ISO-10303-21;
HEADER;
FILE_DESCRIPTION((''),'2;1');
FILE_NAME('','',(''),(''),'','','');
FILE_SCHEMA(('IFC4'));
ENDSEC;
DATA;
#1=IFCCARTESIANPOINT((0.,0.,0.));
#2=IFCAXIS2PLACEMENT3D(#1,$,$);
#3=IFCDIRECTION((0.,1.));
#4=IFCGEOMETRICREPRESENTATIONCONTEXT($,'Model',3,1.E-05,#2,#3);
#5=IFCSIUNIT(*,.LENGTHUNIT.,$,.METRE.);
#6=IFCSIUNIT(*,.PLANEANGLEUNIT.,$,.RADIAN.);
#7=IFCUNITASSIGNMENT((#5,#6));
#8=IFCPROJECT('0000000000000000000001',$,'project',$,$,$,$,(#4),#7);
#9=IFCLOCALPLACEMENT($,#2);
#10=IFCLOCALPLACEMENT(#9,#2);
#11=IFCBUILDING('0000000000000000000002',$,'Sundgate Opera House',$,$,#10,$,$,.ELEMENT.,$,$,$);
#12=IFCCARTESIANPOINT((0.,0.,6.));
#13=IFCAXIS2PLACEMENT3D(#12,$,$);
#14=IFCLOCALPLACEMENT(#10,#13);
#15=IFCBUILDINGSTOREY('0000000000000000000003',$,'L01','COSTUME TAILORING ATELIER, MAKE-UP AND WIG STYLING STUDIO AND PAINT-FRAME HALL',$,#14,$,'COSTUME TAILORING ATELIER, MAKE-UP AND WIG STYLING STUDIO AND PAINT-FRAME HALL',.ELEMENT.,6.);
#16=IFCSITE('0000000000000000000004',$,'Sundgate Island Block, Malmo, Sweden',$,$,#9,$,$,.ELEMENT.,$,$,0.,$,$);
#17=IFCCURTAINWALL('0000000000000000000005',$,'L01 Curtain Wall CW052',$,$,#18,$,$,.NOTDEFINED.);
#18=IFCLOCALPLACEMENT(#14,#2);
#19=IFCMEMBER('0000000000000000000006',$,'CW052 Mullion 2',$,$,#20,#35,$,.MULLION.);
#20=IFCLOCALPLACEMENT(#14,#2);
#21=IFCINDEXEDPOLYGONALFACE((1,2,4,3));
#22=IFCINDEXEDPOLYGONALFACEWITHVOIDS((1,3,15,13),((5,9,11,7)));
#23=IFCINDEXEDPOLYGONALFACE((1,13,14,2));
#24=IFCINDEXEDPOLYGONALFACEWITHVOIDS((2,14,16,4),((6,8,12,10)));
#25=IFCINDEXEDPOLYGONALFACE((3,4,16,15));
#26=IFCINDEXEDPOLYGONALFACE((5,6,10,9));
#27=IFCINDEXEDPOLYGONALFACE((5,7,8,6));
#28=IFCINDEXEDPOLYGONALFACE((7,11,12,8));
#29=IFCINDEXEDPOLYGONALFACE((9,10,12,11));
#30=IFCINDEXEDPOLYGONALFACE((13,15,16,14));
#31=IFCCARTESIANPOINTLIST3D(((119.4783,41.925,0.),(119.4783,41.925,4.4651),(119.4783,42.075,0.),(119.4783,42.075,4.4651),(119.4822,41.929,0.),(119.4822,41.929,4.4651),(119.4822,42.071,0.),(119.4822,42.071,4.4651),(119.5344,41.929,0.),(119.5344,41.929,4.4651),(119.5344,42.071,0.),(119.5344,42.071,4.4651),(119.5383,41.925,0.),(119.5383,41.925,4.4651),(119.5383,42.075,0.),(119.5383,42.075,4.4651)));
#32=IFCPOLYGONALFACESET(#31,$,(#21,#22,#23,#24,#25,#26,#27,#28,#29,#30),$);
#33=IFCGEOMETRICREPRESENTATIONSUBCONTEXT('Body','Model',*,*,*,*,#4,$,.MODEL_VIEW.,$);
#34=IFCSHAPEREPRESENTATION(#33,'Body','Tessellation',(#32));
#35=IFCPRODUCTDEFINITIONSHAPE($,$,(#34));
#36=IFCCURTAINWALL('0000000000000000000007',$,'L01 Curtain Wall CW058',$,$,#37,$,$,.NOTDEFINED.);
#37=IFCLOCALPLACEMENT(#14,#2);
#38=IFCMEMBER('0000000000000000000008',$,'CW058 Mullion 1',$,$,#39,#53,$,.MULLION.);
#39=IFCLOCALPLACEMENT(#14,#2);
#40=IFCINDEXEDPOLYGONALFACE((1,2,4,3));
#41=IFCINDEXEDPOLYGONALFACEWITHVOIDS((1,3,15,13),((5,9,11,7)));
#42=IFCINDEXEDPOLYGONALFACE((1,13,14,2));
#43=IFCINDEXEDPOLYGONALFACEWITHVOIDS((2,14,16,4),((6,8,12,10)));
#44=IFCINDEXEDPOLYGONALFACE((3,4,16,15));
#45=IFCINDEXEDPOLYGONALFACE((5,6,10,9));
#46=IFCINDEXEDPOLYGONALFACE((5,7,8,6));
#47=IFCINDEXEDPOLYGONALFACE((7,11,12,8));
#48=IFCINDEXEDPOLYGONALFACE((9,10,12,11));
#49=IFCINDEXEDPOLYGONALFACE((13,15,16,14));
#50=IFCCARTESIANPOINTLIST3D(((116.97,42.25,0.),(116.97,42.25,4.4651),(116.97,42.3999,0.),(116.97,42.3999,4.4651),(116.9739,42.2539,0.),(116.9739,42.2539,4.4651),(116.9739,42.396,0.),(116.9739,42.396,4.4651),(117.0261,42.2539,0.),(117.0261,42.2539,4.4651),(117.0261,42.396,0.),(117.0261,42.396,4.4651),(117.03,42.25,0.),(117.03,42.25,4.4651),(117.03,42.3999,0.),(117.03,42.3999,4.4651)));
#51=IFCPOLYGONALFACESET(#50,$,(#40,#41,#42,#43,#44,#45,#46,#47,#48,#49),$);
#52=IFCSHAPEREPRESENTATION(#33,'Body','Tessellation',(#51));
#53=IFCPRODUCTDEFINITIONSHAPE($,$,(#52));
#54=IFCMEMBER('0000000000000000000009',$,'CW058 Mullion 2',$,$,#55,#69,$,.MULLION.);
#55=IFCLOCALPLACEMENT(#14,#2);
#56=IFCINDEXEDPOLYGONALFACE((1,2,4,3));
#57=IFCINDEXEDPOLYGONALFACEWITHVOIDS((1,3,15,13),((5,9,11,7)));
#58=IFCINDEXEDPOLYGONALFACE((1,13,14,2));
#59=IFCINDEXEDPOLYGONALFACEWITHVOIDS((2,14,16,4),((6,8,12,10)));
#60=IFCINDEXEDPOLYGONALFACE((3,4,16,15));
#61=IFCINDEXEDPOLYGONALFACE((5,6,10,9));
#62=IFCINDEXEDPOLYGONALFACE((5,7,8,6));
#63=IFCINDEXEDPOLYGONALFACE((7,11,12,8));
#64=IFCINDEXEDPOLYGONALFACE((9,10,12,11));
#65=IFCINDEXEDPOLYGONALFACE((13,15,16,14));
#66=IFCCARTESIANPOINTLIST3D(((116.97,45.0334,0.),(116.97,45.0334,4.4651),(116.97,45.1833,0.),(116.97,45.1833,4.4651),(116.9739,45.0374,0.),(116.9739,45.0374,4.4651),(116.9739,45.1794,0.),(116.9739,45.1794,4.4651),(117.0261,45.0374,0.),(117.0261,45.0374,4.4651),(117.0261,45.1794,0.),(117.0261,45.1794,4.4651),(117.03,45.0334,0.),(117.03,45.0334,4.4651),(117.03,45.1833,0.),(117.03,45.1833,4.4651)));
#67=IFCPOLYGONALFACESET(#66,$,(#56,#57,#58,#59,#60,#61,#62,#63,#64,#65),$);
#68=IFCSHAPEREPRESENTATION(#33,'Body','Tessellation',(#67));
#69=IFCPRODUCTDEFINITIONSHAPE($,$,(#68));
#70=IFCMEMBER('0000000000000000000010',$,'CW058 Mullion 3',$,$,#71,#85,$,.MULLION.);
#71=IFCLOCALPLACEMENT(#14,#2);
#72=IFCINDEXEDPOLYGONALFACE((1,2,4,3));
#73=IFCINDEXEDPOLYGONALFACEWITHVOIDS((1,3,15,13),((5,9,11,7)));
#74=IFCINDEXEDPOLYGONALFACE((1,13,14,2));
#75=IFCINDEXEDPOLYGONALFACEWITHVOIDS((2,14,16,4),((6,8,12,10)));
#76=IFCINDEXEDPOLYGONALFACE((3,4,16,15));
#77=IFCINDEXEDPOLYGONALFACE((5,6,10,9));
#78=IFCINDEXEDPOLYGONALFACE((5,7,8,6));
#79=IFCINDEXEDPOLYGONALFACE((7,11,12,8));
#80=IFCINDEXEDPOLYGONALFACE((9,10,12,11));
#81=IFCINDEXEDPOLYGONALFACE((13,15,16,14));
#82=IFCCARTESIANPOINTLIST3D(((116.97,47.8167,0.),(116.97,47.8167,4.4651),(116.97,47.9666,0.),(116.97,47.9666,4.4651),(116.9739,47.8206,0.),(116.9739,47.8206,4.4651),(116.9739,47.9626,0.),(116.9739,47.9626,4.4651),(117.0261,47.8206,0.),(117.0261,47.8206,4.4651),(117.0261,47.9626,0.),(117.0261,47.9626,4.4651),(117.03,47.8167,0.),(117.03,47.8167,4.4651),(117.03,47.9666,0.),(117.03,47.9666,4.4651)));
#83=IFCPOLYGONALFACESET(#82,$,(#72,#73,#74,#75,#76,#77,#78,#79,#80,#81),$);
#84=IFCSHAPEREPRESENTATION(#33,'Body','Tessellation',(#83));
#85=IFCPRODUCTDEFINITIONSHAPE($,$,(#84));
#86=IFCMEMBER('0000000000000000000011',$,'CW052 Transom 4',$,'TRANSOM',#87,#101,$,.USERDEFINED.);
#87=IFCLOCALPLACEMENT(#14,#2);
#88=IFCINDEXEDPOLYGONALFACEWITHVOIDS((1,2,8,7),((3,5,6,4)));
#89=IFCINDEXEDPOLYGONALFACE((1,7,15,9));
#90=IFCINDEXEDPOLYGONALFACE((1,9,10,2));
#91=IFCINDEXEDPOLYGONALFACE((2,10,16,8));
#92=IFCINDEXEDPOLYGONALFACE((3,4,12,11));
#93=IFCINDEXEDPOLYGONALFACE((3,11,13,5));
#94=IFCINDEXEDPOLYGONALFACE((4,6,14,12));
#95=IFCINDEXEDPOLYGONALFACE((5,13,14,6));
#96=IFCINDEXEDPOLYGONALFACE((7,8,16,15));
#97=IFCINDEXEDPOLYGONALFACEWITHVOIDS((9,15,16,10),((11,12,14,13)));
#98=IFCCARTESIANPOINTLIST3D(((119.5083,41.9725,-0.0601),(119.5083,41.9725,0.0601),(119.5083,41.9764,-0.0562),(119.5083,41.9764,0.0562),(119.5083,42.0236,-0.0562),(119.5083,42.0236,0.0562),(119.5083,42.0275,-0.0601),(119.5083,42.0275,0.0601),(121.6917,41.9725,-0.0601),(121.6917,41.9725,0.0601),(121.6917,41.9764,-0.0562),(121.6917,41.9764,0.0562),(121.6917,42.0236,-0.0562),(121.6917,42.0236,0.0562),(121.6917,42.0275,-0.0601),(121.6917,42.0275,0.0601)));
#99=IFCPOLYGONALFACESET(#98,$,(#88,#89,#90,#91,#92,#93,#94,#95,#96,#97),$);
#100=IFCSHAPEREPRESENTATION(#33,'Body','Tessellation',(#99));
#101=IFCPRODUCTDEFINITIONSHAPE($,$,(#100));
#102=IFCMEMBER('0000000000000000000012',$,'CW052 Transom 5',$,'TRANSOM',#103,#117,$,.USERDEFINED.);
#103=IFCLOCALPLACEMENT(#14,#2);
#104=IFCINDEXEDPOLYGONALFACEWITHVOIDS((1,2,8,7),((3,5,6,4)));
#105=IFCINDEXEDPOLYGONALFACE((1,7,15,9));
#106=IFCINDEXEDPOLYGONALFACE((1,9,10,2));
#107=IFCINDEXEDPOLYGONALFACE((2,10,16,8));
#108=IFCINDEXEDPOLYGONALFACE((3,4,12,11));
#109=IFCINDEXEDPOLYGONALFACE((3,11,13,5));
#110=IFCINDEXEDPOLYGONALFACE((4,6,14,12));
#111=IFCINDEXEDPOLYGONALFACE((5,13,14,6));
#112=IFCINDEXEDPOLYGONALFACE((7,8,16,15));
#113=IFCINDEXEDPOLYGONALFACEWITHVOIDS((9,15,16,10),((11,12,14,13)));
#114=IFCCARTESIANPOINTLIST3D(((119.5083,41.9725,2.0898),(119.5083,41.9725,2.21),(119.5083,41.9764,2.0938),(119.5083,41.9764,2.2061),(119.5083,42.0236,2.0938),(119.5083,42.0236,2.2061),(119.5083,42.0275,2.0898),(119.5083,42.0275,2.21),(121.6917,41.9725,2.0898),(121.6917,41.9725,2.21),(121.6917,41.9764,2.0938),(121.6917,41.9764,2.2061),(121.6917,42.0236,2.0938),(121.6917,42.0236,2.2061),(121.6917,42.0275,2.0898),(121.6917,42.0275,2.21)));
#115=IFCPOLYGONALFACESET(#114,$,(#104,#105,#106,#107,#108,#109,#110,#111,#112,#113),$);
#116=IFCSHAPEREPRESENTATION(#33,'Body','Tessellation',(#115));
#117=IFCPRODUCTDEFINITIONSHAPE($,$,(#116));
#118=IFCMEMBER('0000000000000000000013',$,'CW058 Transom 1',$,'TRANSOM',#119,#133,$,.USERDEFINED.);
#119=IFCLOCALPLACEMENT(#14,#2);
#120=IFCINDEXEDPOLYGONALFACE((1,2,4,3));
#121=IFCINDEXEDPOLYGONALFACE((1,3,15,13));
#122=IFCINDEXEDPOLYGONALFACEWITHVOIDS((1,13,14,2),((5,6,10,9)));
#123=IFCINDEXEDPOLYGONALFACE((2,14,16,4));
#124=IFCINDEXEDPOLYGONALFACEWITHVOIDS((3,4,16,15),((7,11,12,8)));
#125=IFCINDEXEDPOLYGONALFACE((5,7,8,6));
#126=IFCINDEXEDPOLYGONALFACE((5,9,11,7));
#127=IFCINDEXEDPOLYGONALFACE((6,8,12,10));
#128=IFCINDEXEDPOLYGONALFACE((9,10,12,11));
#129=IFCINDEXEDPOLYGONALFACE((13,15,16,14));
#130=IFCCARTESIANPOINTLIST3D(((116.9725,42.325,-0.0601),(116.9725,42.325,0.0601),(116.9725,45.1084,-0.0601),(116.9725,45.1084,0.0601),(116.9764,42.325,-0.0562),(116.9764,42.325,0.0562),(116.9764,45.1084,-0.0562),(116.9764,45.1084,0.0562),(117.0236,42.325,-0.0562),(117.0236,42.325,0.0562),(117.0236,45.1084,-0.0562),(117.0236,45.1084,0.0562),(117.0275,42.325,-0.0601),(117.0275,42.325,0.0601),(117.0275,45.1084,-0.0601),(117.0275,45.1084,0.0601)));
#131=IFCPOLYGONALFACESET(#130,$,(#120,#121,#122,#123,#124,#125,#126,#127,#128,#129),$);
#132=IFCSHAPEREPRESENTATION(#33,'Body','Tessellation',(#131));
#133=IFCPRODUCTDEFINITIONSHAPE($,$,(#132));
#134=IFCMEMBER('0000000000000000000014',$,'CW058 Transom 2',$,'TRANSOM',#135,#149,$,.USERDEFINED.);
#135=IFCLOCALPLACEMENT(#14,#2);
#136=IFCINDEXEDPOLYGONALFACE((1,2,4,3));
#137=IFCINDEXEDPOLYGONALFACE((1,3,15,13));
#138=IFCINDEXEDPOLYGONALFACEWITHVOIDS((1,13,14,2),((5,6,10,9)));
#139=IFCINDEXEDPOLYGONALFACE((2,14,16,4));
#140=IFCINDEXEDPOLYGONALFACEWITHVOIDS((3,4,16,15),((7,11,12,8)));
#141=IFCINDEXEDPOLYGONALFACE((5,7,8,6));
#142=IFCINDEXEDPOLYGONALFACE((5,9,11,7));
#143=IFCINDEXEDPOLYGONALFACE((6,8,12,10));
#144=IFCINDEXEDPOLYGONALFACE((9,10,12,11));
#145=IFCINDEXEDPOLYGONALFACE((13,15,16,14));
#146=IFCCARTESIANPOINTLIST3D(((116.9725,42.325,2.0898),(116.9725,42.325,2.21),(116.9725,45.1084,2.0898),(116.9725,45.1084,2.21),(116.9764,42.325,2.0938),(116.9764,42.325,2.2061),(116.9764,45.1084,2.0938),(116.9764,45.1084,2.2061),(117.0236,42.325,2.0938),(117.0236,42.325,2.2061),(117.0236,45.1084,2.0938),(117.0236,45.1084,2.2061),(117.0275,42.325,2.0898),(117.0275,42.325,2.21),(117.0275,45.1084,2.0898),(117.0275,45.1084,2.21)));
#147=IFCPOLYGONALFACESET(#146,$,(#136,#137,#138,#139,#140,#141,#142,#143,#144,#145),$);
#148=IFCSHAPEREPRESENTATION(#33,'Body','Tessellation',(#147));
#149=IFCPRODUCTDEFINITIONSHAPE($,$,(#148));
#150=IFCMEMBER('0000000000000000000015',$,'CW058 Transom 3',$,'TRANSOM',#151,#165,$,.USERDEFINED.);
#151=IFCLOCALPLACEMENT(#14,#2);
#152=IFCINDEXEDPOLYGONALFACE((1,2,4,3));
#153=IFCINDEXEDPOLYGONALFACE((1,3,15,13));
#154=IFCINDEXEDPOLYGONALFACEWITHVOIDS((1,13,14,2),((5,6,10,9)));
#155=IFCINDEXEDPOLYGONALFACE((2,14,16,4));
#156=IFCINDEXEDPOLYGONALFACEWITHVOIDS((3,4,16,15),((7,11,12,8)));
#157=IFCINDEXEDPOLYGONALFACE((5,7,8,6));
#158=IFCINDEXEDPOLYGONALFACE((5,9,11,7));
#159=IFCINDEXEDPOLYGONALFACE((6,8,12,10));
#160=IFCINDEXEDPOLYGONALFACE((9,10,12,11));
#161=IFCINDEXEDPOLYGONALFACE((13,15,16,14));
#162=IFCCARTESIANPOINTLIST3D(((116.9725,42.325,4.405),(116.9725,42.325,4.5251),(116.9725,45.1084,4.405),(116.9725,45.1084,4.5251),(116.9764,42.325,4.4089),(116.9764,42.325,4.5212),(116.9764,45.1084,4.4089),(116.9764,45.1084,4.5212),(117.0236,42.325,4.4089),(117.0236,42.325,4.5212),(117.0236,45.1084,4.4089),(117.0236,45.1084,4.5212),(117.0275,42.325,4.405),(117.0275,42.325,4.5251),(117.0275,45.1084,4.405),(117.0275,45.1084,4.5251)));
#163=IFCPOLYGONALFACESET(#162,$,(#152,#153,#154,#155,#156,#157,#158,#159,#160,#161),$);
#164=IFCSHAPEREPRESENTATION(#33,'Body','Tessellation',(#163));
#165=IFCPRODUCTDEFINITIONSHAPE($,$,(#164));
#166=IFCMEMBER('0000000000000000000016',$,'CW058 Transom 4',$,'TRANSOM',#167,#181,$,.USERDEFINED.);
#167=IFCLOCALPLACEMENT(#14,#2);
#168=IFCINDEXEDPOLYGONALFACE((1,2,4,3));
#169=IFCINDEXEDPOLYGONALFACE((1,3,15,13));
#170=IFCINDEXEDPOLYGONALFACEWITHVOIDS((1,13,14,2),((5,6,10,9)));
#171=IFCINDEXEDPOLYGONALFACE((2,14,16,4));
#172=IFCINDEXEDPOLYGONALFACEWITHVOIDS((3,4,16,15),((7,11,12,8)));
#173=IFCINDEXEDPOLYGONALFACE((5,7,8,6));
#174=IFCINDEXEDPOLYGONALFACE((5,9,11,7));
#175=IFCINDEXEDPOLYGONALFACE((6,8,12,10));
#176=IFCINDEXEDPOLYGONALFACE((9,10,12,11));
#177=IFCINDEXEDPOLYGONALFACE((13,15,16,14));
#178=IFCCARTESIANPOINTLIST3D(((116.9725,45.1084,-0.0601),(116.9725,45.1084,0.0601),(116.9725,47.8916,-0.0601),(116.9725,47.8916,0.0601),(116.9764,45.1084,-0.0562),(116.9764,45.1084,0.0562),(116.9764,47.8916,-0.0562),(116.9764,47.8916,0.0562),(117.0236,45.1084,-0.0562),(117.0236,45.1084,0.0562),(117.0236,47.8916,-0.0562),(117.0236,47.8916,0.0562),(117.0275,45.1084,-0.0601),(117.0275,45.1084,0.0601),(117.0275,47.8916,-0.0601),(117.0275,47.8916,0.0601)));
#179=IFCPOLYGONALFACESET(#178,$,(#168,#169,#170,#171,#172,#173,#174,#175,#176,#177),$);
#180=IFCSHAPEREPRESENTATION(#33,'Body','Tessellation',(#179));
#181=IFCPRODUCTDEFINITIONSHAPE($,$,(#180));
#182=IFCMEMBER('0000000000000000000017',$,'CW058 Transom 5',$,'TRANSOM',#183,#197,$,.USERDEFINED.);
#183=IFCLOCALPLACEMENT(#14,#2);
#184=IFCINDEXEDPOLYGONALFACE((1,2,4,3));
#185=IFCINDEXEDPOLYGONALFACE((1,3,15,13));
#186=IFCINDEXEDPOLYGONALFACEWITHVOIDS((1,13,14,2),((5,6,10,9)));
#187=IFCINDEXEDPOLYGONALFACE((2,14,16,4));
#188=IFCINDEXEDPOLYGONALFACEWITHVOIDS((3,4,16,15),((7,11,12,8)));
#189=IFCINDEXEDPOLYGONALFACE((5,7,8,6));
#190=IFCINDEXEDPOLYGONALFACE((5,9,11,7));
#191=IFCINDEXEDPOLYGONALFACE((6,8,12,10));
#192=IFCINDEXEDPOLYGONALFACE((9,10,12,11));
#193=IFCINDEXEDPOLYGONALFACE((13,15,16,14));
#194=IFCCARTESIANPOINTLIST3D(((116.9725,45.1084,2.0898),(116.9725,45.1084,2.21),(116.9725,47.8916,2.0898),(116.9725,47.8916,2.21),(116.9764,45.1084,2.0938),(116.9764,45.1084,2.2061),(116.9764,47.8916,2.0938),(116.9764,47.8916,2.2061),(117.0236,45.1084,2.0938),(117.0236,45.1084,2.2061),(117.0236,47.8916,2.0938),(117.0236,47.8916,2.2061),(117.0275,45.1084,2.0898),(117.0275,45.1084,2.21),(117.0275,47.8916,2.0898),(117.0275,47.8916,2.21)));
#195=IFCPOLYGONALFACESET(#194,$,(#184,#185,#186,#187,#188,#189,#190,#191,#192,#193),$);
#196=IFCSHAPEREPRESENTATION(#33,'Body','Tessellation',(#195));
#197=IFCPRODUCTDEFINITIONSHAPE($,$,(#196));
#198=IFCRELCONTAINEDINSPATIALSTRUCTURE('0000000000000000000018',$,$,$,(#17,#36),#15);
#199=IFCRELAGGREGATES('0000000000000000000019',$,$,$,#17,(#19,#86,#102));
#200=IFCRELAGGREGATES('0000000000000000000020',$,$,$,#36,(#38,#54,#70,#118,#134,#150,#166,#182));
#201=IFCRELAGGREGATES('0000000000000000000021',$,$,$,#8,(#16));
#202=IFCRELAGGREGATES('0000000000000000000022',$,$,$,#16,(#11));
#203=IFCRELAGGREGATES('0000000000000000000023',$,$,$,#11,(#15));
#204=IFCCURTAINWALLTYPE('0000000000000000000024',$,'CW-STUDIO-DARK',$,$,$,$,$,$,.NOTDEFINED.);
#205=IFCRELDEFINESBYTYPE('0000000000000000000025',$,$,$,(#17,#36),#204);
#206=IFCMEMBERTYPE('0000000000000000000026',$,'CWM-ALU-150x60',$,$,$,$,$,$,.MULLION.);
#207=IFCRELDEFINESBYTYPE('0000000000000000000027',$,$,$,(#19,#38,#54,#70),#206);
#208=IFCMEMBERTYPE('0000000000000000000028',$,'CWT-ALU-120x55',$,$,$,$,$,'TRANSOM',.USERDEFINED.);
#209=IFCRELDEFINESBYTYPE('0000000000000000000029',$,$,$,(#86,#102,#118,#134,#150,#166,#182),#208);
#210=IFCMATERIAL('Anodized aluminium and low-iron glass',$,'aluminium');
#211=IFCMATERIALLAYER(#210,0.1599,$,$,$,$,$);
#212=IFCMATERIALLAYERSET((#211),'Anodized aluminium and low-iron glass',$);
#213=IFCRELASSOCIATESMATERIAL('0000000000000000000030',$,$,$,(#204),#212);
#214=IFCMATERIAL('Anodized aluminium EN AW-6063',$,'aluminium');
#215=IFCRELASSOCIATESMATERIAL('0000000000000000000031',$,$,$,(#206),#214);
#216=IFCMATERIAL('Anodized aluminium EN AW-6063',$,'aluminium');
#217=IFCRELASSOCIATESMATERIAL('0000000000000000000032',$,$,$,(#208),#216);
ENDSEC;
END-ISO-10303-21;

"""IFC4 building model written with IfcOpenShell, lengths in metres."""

from ifc_helpers import new_model, si_unit, direction, frame, origin, origin_2d, place, context, subcontext, project, spatial, hollow_rectangle, extrude, material, layer, layer_set, material_profile, profile_set, type_object, element, aggregate, save


model = new_model("IFC4")

# Units and contexts
model_context = context("Model", 3, precision=1e-05, world=origin(), true_north=direction((0.0, 1.0)))
body_context = subcontext(model_context, "Body", "Model", "MODEL_VIEW")
ifc_project = project(units=[si_unit("LENGTHUNIT", "METRE"), si_unit("PLANEANGLEUNIT", "RADIAN")], contexts=[model_context])

# Site, building, storey
site_placement = place(None, origin())
site = spatial("IfcSite", under=ifc_project, at=site_placement, Name="Sundgate Island Block, Malmo, Sweden", CompositionType="ELEMENT", RefElevation=0.0)
building_placement = place(site_placement, origin())
building = spatial("IfcBuilding", under=site, at=building_placement, Name="Sundgate Opera House", CompositionType="ELEMENT")
storey_placement = place(building_placement, frame((0.0, 0.0, 6.0)))
storey = spatial("IfcBuildingStorey", under=building, at=storey_placement, Name="L01", Description="COSTUME TAILORING ATELIER, MAKE-UP AND WIG STYLING STUDIO AND PAINT-FRAME HALL", LongName="COSTUME TAILORING ATELIER, MAKE-UP AND WIG STYLING STUDIO AND PAINT-FRAME HALL", CompositionType="ELEMENT", Elevation=6.0)

# Curtain wall, member
ifc_material_1 = material(Name="Anodized aluminium and low-iron glass", Category="aluminium")
ifc_layer_1 = layer(ifc_material_1, 0.1599)
ifc_layer_set_1 = layer_set([ifc_layer_1], Name="Anodized aluminium and low-iron glass")
curtain_wall_type = type_object("IfcCurtainWallType", Name="CW-STUDIO-DARK", PredefinedType="NOTDEFINED", material=ifc_layer_set_1)
curtain_wall_1_placement = place(storey_placement, origin())
curtain_wall_1 = element("IfcCurtainWall", 1, at=curtain_wall_1_placement, inside=storey, type_object=curtain_wall_type, Name="L01 Curtain Wall CW052", PredefinedType="NOTDEFINED")
ifc_material_2 = material(Name="Anodized aluminium EN AW-6063", Category="aluminium")
ifc_material_profile_1 = material_profile(ifc_material_2, hollow_rectangle(XDim=0.0601, YDim=0.1499, WallThickness=0.0039, at=origin_2d()), Name="CWM 150x60x4")
ifc_profile_set_1 = profile_set([ifc_material_profile_1], Name="Anodized aluminium EN AW-6063")
member_type_1 = type_object("IfcMemberType", Name="CWM-ALU-150x60", PredefinedType="MULLION", material=ifc_profile_set_1)
member_1_placement = place(storey_placement, frame((119.5083, 42.0, 0.0), z_axis=(0.0, 0.0, 1.0), x_axis=(1.0, 0.0, 0.0)))
member_1 = element("IfcMember", 2, at=member_1_placement, type_object=member_type_1, Name="CW052 Mullion 2", PredefinedType="MULLION", context=body_context, shape_type="SweptSolid", body=[
    extrude(hollow_rectangle(XDim=0.0601, YDim=0.1499, WallThickness=0.0039, at=origin_2d()), origin(), (0.0, 0.0, 1.0), 4.4651),
])

# Curtain wall, members
curtain_wall_2_placement = place(storey_placement, origin())
curtain_wall_2 = element("IfcCurtainWall", 3, at=curtain_wall_2_placement, inside=storey, type_object=curtain_wall_type, Name="L01 Curtain Wall CW058", PredefinedType="NOTDEFINED")
member_2_placement = place(storey_placement, frame((117.0, 42.325, 0.0), z_axis=(0.0, 0.0, 1.0), x_axis=(1.0, 0.0, 0.0)))
member_2 = element("IfcMember", 4, at=member_2_placement, type_object=member_type_1, Name="CW058 Mullion 1", PredefinedType="MULLION", context=body_context, shape_type="SweptSolid", body=[
    extrude(hollow_rectangle(XDim=0.0601, YDim=0.1499, WallThickness=0.0039, at=origin_2d()), origin(), (0.0, 0.0, 1.0), 4.4651),
])
member_3_placement = place(storey_placement, frame((117.0, 45.1084, 0.0), z_axis=(0.0, 0.0, 1.0), x_axis=(1.0, 0.0, 0.0)))
member_3 = element("IfcMember", 5, at=member_3_placement, type_object=member_type_1, Name="CW058 Mullion 2", PredefinedType="MULLION", context=body_context, shape_type="SweptSolid", body=[
    extrude(hollow_rectangle(XDim=0.0601, YDim=0.1499, WallThickness=0.0039, at=origin_2d()), origin(), (0.0, 0.0, 1.0), 4.4651),
])
member_4_placement = place(storey_placement, frame((117.0, 47.8916, 0.0), z_axis=(0.0, 0.0, 1.0), x_axis=(1.0, 0.0, 0.0)))
member_4 = element("IfcMember", 6, at=member_4_placement, type_object=member_type_1, Name="CW058 Mullion 3", PredefinedType="MULLION", context=body_context, shape_type="SweptSolid", body=[
    extrude(hollow_rectangle(XDim=0.0601, YDim=0.1499, WallThickness=0.0039, at=origin_2d()), origin(), (0.0, 0.0, 1.0), 4.4651),
])

# Members
ifc_material_3 = material(Name="Anodized aluminium EN AW-6063", Category="aluminium")
ifc_material_profile_2 = material_profile(ifc_material_3, hollow_rectangle(XDim=0.0549, YDim=0.1201, WallThickness=0.0039, at=origin_2d()), Name="CWT 120x55x4")
ifc_profile_set_2 = profile_set([ifc_material_profile_2], Name="Anodized aluminium EN AW-6063")
member_type_2 = type_object("IfcMemberType", Name="CWT-ALU-120x55", ElementType="TRANSOM", PredefinedType="USERDEFINED", material=ifc_profile_set_2)
member_5_placement = place(storey_placement, frame((119.5083, 42.0, 0.0), z_axis=(1.0, 0.0, 0.0), x_axis=(0.0, 1.0, 0.0)))
member_5 = element("IfcMember", 7, at=member_5_placement, type_object=member_type_2, Name="CW052 Transom 4", ObjectType="TRANSOM", PredefinedType="USERDEFINED", context=body_context, shape_type="SweptSolid", body=[
    extrude(hollow_rectangle(XDim=0.0549, YDim=0.1201, WallThickness=0.0039, at=origin_2d()), origin(), (0.0, 0.0, 1.0), 2.1833),
])
member_6_placement = place(storey_placement, frame((119.5083, 42.0, 2.1499), z_axis=(1.0, 0.0, 0.0), x_axis=(0.0, 1.0, 0.0)))
member_6 = element("IfcMember", 8, at=member_6_placement, type_object=member_type_2, Name="CW052 Transom 5", ObjectType="TRANSOM", PredefinedType="USERDEFINED", context=body_context, shape_type="SweptSolid", body=[
    extrude(hollow_rectangle(XDim=0.0549, YDim=0.1201, WallThickness=0.0039, at=origin_2d()), origin(), (0.0, 0.0, 1.0), 2.1833),
])
member_7_placement = place(storey_placement, frame((117.0, 42.325, 0.0), z_axis=(0.0, 1.0, 0.0), x_axis=(-1.0, 0.0, 0.0)))
member_7 = element("IfcMember", 9, at=member_7_placement, type_object=member_type_2, Name="CW058 Transom 1", ObjectType="TRANSOM", PredefinedType="USERDEFINED", context=body_context, shape_type="SweptSolid", body=[
    extrude(hollow_rectangle(XDim=0.0549, YDim=0.1201, WallThickness=0.0039, at=origin_2d()), origin(), (0.0, 0.0, 1.0), 2.7834),
])
member_8_placement = place(storey_placement, frame((117.0, 42.325, 2.1499), z_axis=(0.0, 1.0, 0.0), x_axis=(-1.0, 0.0, 0.0)))
member_8 = element("IfcMember", 10, at=member_8_placement, type_object=member_type_2, Name="CW058 Transom 2", ObjectType="TRANSOM", PredefinedType="USERDEFINED", context=body_context, shape_type="SweptSolid", body=[
    extrude(hollow_rectangle(XDim=0.0549, YDim=0.1201, WallThickness=0.0039, at=origin_2d()), origin(), (0.0, 0.0, 1.0), 2.7834),
])
member_9_placement = place(storey_placement, frame((117.0, 42.325, 4.4651), z_axis=(0.0, 1.0, 0.0), x_axis=(-1.0, 0.0, 0.0)))
member_9 = element("IfcMember", 11, at=member_9_placement, type_object=member_type_2, Name="CW058 Transom 3", ObjectType="TRANSOM", PredefinedType="USERDEFINED", context=body_context, shape_type="SweptSolid", body=[
    extrude(hollow_rectangle(XDim=0.0549, YDim=0.1201, WallThickness=0.0039, at=origin_2d()), origin(), (0.0, 0.0, 1.0), 2.7834),
])
member_10_placement = place(storey_placement, frame((117.0, 45.1084, 0.0), z_axis=(0.0, 1.0, 0.0), x_axis=(-1.0, 0.0, 0.0)))
member_10 = element("IfcMember", 12, at=member_10_placement, type_object=member_type_2, Name="CW058 Transom 4", ObjectType="TRANSOM", PredefinedType="USERDEFINED", context=body_context, shape_type="SweptSolid", body=[
    extrude(hollow_rectangle(XDim=0.0549, YDim=0.1201, WallThickness=0.0039, at=origin_2d()), origin(), (0.0, 0.0, 1.0), 2.7832),
])
member_11_placement = place(storey_placement, frame((117.0, 45.1084, 2.1499), z_axis=(0.0, 1.0, 0.0), x_axis=(-1.0, 0.0, 0.0)))
member_11 = element("IfcMember", 13, at=member_11_placement, type_object=member_type_2, Name="CW058 Transom 5", ObjectType="TRANSOM", PredefinedType="USERDEFINED", context=body_context, shape_type="SweptSolid", body=[
    extrude(hollow_rectangle(XDim=0.0549, YDim=0.1201, WallThickness=0.0039, at=origin_2d()), origin(), (0.0, 0.0, 1.0), 2.7832),
])

aggregate(curtain_wall_1, [member_1, member_5, member_6])
aggregate(curtain_wall_2, [member_2, member_3, member_4, member_7, member_8, member_9, member_10, member_11])

save(model, "model.ifc")
